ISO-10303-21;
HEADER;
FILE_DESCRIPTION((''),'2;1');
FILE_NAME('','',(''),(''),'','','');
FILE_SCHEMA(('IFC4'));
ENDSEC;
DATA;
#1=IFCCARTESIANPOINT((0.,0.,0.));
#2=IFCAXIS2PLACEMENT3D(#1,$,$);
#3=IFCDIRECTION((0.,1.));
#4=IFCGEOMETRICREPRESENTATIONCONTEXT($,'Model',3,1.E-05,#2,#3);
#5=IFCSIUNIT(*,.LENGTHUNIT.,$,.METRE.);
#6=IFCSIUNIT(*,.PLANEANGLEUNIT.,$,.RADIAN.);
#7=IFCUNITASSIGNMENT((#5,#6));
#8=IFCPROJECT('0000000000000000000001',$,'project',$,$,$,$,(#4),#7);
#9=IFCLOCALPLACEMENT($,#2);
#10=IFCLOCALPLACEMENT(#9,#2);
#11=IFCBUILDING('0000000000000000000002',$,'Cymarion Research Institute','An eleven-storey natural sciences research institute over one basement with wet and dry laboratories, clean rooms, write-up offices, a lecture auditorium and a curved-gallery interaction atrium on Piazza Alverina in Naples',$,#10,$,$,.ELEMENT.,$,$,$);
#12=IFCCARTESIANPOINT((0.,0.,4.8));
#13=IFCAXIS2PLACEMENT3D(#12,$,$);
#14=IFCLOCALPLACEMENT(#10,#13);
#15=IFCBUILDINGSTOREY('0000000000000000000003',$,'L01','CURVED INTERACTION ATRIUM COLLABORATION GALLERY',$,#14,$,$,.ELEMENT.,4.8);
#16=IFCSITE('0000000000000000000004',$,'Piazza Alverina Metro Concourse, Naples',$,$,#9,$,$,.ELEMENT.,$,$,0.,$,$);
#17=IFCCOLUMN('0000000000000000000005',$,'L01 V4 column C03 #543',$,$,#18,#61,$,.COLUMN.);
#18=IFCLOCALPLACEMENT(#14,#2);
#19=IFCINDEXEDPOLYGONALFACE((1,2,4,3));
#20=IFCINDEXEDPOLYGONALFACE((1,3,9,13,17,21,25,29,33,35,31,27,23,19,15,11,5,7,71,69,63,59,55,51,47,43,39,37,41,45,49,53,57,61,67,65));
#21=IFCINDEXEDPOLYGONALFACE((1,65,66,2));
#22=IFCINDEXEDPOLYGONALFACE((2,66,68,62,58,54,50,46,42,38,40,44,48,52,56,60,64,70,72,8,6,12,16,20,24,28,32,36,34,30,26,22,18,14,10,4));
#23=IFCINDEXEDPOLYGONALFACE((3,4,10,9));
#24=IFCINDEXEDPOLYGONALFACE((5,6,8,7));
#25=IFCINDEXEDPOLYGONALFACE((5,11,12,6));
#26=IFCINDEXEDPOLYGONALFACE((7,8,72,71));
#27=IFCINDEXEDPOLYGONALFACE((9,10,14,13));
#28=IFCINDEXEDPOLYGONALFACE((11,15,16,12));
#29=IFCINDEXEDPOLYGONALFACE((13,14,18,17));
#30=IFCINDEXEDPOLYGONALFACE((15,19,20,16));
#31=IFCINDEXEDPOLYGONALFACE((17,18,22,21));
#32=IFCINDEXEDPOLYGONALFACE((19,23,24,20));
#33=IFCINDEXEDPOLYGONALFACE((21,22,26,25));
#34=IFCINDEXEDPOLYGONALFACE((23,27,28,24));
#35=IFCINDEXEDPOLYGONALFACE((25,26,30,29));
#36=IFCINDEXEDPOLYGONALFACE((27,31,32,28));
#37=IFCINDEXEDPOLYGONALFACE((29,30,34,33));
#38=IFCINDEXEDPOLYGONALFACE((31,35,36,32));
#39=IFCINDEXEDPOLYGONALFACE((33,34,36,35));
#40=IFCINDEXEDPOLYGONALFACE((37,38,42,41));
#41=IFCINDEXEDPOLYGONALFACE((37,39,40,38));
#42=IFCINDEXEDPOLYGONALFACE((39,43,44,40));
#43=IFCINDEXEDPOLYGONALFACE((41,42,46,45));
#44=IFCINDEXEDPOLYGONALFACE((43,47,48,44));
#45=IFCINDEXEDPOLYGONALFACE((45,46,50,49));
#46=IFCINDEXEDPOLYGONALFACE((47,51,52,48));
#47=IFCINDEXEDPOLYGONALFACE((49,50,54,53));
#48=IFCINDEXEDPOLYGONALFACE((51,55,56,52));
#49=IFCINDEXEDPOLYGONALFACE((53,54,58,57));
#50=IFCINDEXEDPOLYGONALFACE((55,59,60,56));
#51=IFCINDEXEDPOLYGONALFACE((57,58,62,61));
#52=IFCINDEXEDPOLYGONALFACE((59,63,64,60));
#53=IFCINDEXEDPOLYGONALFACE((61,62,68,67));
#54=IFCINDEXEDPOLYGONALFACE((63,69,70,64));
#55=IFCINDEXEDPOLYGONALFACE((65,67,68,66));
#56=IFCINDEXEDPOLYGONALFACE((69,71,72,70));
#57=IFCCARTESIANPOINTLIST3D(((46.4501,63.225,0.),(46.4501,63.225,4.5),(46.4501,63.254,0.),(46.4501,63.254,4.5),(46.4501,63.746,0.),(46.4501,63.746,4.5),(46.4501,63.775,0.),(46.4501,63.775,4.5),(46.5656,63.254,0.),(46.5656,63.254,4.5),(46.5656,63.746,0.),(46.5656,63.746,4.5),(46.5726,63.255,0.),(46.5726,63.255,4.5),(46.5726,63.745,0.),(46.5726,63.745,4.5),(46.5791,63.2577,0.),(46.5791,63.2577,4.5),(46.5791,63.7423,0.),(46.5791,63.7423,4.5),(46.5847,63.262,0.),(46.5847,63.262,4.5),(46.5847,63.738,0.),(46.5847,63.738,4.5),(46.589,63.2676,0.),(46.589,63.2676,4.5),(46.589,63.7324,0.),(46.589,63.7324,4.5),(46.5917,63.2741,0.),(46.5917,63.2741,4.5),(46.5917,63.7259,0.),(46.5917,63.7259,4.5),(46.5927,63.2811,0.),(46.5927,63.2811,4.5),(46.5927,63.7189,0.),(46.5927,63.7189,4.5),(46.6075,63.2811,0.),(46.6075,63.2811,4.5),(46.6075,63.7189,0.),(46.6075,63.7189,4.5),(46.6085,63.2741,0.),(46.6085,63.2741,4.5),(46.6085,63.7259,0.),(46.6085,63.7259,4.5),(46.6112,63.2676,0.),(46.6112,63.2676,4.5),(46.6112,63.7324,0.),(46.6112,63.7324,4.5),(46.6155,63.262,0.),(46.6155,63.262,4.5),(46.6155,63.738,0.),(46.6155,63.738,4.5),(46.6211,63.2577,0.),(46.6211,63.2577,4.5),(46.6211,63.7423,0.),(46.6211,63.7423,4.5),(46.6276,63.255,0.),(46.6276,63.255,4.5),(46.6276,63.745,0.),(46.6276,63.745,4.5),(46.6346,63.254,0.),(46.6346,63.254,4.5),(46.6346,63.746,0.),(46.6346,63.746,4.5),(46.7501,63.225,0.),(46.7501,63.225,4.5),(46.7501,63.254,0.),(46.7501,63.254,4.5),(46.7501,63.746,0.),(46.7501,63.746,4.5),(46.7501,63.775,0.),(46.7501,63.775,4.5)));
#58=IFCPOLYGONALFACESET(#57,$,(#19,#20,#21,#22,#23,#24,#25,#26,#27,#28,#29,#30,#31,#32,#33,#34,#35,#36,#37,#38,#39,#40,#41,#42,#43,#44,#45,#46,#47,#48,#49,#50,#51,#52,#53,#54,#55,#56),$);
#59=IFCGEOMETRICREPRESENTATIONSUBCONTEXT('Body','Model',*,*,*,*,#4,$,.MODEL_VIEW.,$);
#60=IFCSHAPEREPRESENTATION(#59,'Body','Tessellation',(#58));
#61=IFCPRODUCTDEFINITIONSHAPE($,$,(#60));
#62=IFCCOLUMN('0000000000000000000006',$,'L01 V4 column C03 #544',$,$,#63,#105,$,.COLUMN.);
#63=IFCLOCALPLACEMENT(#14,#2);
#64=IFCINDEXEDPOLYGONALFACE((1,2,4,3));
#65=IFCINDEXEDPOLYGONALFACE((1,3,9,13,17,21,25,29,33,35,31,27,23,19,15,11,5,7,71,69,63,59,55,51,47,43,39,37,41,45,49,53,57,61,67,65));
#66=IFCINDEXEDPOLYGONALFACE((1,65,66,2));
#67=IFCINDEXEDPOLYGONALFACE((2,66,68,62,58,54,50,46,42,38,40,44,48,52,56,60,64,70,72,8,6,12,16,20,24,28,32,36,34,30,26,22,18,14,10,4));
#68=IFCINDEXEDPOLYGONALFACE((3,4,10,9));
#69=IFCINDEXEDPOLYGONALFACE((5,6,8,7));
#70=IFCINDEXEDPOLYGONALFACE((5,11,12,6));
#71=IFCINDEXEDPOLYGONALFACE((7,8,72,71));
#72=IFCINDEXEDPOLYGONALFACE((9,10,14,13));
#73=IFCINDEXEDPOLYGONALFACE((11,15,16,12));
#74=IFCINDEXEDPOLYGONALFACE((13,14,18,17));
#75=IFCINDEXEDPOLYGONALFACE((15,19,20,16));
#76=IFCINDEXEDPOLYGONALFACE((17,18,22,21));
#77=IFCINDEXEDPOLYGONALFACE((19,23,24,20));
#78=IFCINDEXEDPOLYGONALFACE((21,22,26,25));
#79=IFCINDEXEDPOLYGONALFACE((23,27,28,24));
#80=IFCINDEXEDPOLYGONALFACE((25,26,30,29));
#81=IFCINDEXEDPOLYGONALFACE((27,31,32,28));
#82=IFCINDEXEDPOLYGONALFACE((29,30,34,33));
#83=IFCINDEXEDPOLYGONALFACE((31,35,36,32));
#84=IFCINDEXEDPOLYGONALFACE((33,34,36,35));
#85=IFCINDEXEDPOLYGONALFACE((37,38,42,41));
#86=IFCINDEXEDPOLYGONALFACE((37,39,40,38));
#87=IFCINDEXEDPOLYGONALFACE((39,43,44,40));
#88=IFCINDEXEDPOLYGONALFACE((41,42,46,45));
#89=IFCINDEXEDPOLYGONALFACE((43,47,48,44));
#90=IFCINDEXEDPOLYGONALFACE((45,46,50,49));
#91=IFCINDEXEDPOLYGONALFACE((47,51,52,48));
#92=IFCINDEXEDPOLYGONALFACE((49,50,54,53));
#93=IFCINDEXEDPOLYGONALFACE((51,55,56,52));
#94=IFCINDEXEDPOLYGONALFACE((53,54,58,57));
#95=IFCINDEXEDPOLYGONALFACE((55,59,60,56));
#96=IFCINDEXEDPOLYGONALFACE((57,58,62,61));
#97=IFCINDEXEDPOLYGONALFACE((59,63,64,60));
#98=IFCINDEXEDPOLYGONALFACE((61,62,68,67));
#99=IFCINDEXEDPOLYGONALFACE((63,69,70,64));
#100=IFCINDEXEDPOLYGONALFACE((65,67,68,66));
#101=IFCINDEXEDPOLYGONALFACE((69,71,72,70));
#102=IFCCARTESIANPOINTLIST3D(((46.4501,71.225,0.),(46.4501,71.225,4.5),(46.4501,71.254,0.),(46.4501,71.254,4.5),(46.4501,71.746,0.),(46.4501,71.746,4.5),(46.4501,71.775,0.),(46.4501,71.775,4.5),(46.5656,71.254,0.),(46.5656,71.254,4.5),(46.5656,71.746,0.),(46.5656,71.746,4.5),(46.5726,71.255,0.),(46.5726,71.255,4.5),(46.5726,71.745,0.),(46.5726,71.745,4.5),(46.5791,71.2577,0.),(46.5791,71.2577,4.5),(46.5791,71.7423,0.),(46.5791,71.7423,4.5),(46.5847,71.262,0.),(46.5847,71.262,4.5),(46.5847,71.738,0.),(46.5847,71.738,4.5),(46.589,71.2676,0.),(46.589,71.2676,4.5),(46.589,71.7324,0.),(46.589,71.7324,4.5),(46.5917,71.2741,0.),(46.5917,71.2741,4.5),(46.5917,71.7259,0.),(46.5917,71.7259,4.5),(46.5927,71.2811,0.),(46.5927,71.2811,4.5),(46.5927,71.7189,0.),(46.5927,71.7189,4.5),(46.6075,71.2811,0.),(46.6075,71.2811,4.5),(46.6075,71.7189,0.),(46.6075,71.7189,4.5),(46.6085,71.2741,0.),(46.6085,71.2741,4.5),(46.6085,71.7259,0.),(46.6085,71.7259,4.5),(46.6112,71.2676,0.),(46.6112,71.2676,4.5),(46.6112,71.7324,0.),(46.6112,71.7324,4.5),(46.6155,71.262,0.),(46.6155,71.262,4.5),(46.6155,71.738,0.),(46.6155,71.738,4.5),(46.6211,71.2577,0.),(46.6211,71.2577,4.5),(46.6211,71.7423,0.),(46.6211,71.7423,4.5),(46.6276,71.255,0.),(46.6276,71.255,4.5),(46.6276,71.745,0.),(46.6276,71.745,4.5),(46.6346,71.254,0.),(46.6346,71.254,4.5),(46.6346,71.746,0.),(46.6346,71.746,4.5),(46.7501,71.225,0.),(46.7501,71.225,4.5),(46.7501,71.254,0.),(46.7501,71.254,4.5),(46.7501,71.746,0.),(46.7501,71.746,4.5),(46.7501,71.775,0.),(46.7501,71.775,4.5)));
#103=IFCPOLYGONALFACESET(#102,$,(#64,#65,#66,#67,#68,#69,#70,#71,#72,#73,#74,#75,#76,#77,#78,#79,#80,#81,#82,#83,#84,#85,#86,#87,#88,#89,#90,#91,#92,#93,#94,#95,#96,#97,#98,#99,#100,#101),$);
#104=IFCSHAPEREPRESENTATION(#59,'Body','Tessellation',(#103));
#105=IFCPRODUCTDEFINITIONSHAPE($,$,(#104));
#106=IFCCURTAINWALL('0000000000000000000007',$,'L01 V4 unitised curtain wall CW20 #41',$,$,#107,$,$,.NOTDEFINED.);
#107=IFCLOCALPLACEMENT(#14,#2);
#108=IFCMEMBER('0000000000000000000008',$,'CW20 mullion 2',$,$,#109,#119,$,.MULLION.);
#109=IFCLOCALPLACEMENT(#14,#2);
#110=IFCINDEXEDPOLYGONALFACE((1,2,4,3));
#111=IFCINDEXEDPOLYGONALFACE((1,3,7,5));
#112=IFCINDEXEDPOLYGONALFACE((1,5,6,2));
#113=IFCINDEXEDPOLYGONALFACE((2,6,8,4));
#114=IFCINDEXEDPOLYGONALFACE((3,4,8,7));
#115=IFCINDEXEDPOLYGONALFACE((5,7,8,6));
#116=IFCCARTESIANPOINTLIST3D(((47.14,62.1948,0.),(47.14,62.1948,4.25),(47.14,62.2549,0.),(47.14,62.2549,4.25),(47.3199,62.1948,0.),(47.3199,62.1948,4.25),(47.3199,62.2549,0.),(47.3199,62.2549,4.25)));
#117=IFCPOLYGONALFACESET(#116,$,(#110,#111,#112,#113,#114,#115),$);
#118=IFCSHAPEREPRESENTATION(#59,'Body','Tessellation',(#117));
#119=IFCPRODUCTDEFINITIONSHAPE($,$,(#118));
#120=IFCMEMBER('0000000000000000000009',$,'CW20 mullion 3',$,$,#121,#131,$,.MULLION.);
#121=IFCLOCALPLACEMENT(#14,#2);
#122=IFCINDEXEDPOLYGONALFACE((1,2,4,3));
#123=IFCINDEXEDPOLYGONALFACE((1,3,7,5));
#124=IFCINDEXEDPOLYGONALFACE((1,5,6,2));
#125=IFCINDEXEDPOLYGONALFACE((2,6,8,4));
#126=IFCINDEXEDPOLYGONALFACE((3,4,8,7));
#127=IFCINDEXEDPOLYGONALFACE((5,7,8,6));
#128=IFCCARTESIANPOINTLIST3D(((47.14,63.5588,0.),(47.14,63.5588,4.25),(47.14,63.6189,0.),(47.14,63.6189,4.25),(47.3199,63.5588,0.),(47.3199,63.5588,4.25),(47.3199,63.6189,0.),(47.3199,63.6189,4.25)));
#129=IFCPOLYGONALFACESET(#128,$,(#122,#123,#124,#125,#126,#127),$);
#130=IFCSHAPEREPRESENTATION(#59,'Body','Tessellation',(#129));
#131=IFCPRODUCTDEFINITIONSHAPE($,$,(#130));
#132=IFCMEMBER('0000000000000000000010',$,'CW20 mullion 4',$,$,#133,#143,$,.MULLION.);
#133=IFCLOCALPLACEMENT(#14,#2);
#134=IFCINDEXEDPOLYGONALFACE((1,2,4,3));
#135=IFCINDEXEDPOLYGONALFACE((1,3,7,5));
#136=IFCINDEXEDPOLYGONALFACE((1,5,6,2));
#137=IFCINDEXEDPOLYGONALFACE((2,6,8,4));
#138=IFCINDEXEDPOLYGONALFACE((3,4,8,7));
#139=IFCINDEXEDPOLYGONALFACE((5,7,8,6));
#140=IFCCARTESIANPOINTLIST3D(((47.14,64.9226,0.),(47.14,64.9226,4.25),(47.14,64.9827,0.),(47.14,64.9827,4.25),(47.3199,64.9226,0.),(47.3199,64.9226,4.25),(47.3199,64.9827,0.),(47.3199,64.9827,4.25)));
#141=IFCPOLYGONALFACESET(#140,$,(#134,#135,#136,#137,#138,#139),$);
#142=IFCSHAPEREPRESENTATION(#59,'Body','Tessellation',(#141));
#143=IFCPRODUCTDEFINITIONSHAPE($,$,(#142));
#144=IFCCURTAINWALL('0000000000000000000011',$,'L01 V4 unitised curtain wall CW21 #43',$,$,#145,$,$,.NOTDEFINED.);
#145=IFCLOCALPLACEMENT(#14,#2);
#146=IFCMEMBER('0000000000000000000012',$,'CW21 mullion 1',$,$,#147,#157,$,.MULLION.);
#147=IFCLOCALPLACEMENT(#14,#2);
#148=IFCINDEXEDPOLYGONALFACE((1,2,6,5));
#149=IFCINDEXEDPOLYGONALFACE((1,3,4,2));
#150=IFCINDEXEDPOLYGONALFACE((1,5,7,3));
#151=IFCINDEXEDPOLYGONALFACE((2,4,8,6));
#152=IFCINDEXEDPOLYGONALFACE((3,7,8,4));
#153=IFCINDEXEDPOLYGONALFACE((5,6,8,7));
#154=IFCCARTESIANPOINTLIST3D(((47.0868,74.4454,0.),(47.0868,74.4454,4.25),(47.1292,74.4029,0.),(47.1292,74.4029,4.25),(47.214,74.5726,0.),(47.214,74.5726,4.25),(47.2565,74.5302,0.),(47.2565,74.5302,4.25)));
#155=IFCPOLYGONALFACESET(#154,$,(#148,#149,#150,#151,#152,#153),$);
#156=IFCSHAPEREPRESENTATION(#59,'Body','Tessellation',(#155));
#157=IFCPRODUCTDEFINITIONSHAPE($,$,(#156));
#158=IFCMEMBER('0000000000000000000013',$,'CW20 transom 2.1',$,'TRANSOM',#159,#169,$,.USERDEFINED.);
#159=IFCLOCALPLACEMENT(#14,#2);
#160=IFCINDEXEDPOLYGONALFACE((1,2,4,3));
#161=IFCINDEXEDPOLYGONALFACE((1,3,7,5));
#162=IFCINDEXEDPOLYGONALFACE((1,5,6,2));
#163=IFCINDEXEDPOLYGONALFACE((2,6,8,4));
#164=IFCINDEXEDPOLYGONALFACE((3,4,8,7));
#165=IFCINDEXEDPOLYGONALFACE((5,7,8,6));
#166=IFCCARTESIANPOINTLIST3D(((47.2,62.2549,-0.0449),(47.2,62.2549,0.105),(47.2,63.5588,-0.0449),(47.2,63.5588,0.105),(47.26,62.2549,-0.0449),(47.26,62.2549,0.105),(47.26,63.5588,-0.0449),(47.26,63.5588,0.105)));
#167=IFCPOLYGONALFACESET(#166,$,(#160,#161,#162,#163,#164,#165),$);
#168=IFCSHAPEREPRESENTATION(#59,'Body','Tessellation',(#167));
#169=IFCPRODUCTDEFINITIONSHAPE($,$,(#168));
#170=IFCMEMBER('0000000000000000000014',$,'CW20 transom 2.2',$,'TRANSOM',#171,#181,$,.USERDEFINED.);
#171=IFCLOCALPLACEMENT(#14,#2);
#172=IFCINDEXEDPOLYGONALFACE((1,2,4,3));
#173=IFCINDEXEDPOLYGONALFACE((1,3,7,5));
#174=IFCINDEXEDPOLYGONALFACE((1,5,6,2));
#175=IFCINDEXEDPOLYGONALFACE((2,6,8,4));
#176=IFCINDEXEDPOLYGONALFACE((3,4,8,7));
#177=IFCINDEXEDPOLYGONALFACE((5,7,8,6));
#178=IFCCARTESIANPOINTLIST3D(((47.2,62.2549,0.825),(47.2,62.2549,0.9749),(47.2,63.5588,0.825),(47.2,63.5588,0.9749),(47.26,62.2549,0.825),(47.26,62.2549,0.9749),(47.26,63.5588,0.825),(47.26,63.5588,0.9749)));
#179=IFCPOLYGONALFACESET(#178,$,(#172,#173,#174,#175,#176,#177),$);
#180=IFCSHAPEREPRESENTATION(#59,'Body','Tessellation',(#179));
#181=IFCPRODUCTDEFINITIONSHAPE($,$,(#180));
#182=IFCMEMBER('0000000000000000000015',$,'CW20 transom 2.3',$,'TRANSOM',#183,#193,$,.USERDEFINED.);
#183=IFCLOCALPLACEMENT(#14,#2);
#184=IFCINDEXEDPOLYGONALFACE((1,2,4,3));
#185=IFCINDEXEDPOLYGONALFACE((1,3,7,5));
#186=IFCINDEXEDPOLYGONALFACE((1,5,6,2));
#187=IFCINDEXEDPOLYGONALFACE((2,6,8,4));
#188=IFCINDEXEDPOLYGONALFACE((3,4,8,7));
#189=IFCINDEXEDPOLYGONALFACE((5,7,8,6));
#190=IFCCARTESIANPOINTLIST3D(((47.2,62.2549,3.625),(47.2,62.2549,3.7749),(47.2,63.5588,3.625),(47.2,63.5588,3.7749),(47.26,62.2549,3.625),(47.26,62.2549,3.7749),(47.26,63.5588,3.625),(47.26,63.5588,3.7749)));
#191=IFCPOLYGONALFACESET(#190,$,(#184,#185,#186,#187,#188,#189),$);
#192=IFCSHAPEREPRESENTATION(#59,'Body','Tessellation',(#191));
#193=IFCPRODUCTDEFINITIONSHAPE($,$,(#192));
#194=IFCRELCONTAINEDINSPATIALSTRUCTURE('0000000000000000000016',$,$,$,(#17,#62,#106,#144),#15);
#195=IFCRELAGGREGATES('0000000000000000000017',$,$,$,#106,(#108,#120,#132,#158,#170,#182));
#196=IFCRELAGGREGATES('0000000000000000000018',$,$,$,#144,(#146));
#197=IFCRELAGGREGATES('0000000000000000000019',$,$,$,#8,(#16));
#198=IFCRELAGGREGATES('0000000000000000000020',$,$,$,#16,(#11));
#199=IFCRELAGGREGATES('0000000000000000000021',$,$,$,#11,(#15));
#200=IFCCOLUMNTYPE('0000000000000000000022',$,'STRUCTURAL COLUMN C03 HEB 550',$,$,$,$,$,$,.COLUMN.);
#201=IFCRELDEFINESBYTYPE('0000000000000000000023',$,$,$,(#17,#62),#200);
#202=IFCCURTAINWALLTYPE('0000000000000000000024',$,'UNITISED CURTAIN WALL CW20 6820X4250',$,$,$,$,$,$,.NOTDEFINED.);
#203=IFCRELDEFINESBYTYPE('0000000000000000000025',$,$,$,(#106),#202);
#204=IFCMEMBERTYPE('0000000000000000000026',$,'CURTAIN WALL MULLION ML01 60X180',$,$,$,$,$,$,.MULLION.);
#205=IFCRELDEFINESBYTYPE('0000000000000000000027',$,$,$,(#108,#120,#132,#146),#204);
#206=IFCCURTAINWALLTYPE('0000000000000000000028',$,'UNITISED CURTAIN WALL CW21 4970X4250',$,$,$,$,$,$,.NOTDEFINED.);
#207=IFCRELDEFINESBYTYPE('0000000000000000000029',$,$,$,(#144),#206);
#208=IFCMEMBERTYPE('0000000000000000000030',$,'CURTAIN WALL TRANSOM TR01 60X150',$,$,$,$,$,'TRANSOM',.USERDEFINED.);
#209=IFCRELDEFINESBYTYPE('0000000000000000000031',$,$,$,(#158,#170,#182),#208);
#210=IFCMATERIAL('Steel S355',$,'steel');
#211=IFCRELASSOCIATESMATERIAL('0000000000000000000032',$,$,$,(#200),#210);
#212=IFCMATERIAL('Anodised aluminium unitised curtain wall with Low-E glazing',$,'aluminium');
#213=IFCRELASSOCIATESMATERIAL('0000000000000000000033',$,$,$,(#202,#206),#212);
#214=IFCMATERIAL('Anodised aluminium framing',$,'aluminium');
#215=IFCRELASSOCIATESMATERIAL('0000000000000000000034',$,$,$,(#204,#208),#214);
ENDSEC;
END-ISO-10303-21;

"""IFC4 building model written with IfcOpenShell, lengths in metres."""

from ifc_helpers import new_model, si_unit, direction, frame, origin, origin_2d, place, context, subcontext, project, spatial, rectangle, i_section, extrude, material, material_profile, profile_set, type_object, element, aggregate, save


model = new_model("IFC4")

# Units and contexts
model_context = context("Model", 3, precision=1e-05, world=origin(), true_north=direction((0.0, 1.0)))
body_context = subcontext(model_context, "Body", "Model", "MODEL_VIEW")
ifc_project = project(units=[si_unit("LENGTHUNIT", "METRE"), si_unit("PLANEANGLEUNIT", "RADIAN")], contexts=[model_context])

# Site, building, storey
site_placement = place(None, origin())
site = spatial("IfcSite", under=ifc_project, at=site_placement, Name="Piazza Alverina Metro Concourse, Naples", CompositionType="ELEMENT", RefElevation=0.0)
building_placement = place(site_placement, origin())
building = spatial("IfcBuilding", under=site, at=building_placement, Name="Cymarion Research Institute", Description="An eleven-storey natural sciences research institute over one basement with wet and dry laboratories, clean rooms, write-up offices, a lecture auditorium and a curved-gallery interaction atrium on Piazza Alverina in Naples", CompositionType="ELEMENT")
storey_placement = place(building_placement, frame((0.0, 0.0, 4.8)))
storey = spatial("IfcBuildingStorey", under=building, at=storey_placement, Name="L01", Description="CURVED INTERACTION ATRIUM COLLABORATION GALLERY", CompositionType="ELEMENT", Elevation=4.8)

# Columns
ifc_material_1 = material(Name="Steel S355", Category="steel")
ifc_material_profile_1 = material_profile(ifc_material_1, i_section(OverallWidth=0.3, OverallDepth=0.55, WebThickness=0.0149, FlangeThickness=0.0291, FilletRadius=0.0271, at=origin_2d()), Name="HEB 550")
ifc_profile_set_1 = profile_set([ifc_material_profile_1], Name="Steel S355")
column_type = type_object("IfcColumnType", Name="STRUCTURAL COLUMN C03 HEB 550", PredefinedType="COLUMN", material=ifc_profile_set_1)
for number, where, z_axis, x_axis, name in (
    (1, (46.6001, 63.5, 0.0), (0.0, 0.0, 1.0), (1.0, 0.0, 0.0), "L01 V4 column C03 #543"),
    (2, (46.6001, 71.5, 0.0), (0.0, 0.0, 1.0), (1.0, 0.0, 0.0), "L01 V4 column C03 #544"),
):
    element("IfcColumn", number, at=place(storey_placement, frame(where, z_axis=z_axis, x_axis=x_axis)), inside=storey, type_object=column_type, Name=name, PredefinedType="COLUMN", context=body_context, shape_type="SweptSolid", body=[
        extrude(i_section(OverallWidth=0.3, OverallDepth=0.55, WebThickness=0.0149, FlangeThickness=0.0291, FilletRadius=0.0271, at=origin_2d()), origin(), (0.0, 0.0, 1.0), 4.5),
    ])

# Curtain wall, members
ifc_material_2 = material(Name="Anodised aluminium unitised curtain wall with Low-E glazing", Category="aluminium")
curtain_wall_type_1 = type_object("IfcCurtainWallType", Name="UNITISED CURTAIN WALL CW20 6820X4250", PredefinedType="NOTDEFINED", material=ifc_material_2)
curtain_wall_1_placement = place(storey_placement, origin())
curtain_wall_1 = element("IfcCurtainWall", 3, at=curtain_wall_1_placement, inside=storey, type_object=curtain_wall_type_1, Name="L01 V4 unitised curtain wall CW20 #41", PredefinedType="NOTDEFINED")
ifc_material_3 = material(Name="Anodised aluminium framing", Category="aluminium")
ifc_material_profile_2 = material_profile(ifc_material_3, rectangle(XDim=0.0601, YDim=0.1799, at=origin_2d()), Name="ALU MULLION 60x180")
ifc_profile_set_2 = profile_set([ifc_material_profile_2], Name="Anodised aluminium framing")
member_type_1 = type_object("IfcMemberType", Name="CURTAIN WALL MULLION ML01 60X180", PredefinedType="MULLION", material=ifc_profile_set_2)
member_1_placement = place(storey_placement, frame((47.23, 62.2249, 0.0), z_axis=(0.0, 0.0, 1.0), x_axis=(0.0, 1.0, 0.0)))
member_1 = element("IfcMember", 4, at=member_1_placement, type_object=member_type_1, Name="CW20 mullion 2", PredefinedType="MULLION", context=body_context, shape_type="SweptSolid", body=[
    extrude(rectangle(XDim=0.0601, YDim=0.1799, at=origin_2d()), origin(), (0.0, 0.0, 1.0), 4.25),
])
member_2_placement = place(storey_placement, frame((47.23, 63.5889, 0.0), z_axis=(0.0, 0.0, 1.0), x_axis=(0.0, 1.0, 0.0)))
member_2 = element("IfcMember", 5, at=member_2_placement, type_object=member_type_1, Name="CW20 mullion 3", PredefinedType="MULLION", context=body_context, shape_type="SweptSolid", body=[
    extrude(rectangle(XDim=0.0601, YDim=0.1799, at=origin_2d()), origin(), (0.0, 0.0, 1.0), 4.25),
])
member_3_placement = place(storey_placement, frame((47.23, 64.9526, 0.0), z_axis=(0.0, 0.0, 1.0), x_axis=(0.0, 1.0, 0.0)))
member_3 = element("IfcMember", 6, at=member_3_placement, type_object=member_type_1, Name="CW20 mullion 4", PredefinedType="MULLION", context=body_context, shape_type="SweptSolid", body=[
    extrude(rectangle(XDim=0.0601, YDim=0.1799, at=origin_2d()), origin(), (0.0, 0.0, 1.0), 4.25),
])

# Curtain wall, member
curtain_wall_type_2 = type_object("IfcCurtainWallType", Name="UNITISED CURTAIN WALL CW21 4970X4250", PredefinedType="NOTDEFINED", material=ifc_material_2)
curtain_wall_2_placement = place(storey_placement, origin())
curtain_wall_2 = element("IfcCurtainWall", 7, at=curtain_wall_2_placement, inside=storey, type_object=curtain_wall_type_2, Name="L01 V4 unitised curtain wall CW21 #43", PredefinedType="NOTDEFINED")
member_4_placement = place(storey_placement, frame((47.1716, 74.4878, 0.0), z_axis=(0.0, 0.0, 1.0), x_axis=(-0.707097, 0.707117, 0.0)))
member_4 = element("IfcMember", 8, at=member_4_placement, type_object=member_type_1, Name="CW21 mullion 1", PredefinedType="MULLION", context=body_context, shape_type="SweptSolid", body=[
    extrude(rectangle(XDim=0.0601, YDim=0.1799, at=origin_2d()), origin(), (0.0, 0.0, 1.0), 4.25),
])

# Members
ifc_material_profile_3 = material_profile(ifc_material_3, rectangle(XDim=0.0601, YDim=0.1499, at=origin_2d()), Name="ALU TRANSOM 60x150")
ifc_profile_set_3 = profile_set([ifc_material_profile_3], Name="Anodised aluminium framing")
member_type_2 = type_object("IfcMemberType", Name="CURTAIN WALL TRANSOM TR01 60X150", ElementType="TRANSOM", PredefinedType="USERDEFINED", material=ifc_profile_set_3)
member_5_placement = place(storey_placement, frame((47.23, 62.2549, 0.03), z_axis=(0.0, 1.0, 0.0), x_axis=(-1.0, 0.0, 0.0)))
member_5 = element("IfcMember", 9, at=member_5_placement, type_object=member_type_2, Name="CW20 transom 2.1", ObjectType="TRANSOM", PredefinedType="USERDEFINED", context=body_context, shape_type="SweptSolid", body=[
    extrude(rectangle(XDim=0.0601, YDim=0.1499, at=origin_2d()), origin(), (0.0, 0.0, 1.0), 1.304),
])
member_6_placement = place(storey_placement, frame((47.23, 62.2549, 0.8999), z_axis=(0.0, 1.0, 0.0), x_axis=(-1.0, 0.0, 0.0)))
member_6 = element("IfcMember", 10, at=member_6_placement, type_object=member_type_2, Name="CW20 transom 2.2", ObjectType="TRANSOM", PredefinedType="USERDEFINED", context=body_context, shape_type="SweptSolid", body=[
    extrude(rectangle(XDim=0.0601, YDim=0.1499, at=origin_2d()), origin(), (0.0, 0.0, 1.0), 1.304),
])
member_7_placement = place(storey_placement, frame((47.23, 62.2549, 3.7), z_axis=(0.0, 1.0, 0.0), x_axis=(-1.0, 0.0, 0.0)))
member_7 = element("IfcMember", 11, at=member_7_placement, type_object=member_type_2, Name="CW20 transom 2.3", ObjectType="TRANSOM", PredefinedType="USERDEFINED", context=body_context, shape_type="SweptSolid", body=[
    extrude(rectangle(XDim=0.0601, YDim=0.1499, at=origin_2d()), origin(), (0.0, 0.0, 1.0), 1.304),
])

aggregate(curtain_wall_1, [member_1, member_2, member_3, member_5, member_6, member_7])
aggregate(curtain_wall_2, [member_4])

save(model, "model.ifc")
